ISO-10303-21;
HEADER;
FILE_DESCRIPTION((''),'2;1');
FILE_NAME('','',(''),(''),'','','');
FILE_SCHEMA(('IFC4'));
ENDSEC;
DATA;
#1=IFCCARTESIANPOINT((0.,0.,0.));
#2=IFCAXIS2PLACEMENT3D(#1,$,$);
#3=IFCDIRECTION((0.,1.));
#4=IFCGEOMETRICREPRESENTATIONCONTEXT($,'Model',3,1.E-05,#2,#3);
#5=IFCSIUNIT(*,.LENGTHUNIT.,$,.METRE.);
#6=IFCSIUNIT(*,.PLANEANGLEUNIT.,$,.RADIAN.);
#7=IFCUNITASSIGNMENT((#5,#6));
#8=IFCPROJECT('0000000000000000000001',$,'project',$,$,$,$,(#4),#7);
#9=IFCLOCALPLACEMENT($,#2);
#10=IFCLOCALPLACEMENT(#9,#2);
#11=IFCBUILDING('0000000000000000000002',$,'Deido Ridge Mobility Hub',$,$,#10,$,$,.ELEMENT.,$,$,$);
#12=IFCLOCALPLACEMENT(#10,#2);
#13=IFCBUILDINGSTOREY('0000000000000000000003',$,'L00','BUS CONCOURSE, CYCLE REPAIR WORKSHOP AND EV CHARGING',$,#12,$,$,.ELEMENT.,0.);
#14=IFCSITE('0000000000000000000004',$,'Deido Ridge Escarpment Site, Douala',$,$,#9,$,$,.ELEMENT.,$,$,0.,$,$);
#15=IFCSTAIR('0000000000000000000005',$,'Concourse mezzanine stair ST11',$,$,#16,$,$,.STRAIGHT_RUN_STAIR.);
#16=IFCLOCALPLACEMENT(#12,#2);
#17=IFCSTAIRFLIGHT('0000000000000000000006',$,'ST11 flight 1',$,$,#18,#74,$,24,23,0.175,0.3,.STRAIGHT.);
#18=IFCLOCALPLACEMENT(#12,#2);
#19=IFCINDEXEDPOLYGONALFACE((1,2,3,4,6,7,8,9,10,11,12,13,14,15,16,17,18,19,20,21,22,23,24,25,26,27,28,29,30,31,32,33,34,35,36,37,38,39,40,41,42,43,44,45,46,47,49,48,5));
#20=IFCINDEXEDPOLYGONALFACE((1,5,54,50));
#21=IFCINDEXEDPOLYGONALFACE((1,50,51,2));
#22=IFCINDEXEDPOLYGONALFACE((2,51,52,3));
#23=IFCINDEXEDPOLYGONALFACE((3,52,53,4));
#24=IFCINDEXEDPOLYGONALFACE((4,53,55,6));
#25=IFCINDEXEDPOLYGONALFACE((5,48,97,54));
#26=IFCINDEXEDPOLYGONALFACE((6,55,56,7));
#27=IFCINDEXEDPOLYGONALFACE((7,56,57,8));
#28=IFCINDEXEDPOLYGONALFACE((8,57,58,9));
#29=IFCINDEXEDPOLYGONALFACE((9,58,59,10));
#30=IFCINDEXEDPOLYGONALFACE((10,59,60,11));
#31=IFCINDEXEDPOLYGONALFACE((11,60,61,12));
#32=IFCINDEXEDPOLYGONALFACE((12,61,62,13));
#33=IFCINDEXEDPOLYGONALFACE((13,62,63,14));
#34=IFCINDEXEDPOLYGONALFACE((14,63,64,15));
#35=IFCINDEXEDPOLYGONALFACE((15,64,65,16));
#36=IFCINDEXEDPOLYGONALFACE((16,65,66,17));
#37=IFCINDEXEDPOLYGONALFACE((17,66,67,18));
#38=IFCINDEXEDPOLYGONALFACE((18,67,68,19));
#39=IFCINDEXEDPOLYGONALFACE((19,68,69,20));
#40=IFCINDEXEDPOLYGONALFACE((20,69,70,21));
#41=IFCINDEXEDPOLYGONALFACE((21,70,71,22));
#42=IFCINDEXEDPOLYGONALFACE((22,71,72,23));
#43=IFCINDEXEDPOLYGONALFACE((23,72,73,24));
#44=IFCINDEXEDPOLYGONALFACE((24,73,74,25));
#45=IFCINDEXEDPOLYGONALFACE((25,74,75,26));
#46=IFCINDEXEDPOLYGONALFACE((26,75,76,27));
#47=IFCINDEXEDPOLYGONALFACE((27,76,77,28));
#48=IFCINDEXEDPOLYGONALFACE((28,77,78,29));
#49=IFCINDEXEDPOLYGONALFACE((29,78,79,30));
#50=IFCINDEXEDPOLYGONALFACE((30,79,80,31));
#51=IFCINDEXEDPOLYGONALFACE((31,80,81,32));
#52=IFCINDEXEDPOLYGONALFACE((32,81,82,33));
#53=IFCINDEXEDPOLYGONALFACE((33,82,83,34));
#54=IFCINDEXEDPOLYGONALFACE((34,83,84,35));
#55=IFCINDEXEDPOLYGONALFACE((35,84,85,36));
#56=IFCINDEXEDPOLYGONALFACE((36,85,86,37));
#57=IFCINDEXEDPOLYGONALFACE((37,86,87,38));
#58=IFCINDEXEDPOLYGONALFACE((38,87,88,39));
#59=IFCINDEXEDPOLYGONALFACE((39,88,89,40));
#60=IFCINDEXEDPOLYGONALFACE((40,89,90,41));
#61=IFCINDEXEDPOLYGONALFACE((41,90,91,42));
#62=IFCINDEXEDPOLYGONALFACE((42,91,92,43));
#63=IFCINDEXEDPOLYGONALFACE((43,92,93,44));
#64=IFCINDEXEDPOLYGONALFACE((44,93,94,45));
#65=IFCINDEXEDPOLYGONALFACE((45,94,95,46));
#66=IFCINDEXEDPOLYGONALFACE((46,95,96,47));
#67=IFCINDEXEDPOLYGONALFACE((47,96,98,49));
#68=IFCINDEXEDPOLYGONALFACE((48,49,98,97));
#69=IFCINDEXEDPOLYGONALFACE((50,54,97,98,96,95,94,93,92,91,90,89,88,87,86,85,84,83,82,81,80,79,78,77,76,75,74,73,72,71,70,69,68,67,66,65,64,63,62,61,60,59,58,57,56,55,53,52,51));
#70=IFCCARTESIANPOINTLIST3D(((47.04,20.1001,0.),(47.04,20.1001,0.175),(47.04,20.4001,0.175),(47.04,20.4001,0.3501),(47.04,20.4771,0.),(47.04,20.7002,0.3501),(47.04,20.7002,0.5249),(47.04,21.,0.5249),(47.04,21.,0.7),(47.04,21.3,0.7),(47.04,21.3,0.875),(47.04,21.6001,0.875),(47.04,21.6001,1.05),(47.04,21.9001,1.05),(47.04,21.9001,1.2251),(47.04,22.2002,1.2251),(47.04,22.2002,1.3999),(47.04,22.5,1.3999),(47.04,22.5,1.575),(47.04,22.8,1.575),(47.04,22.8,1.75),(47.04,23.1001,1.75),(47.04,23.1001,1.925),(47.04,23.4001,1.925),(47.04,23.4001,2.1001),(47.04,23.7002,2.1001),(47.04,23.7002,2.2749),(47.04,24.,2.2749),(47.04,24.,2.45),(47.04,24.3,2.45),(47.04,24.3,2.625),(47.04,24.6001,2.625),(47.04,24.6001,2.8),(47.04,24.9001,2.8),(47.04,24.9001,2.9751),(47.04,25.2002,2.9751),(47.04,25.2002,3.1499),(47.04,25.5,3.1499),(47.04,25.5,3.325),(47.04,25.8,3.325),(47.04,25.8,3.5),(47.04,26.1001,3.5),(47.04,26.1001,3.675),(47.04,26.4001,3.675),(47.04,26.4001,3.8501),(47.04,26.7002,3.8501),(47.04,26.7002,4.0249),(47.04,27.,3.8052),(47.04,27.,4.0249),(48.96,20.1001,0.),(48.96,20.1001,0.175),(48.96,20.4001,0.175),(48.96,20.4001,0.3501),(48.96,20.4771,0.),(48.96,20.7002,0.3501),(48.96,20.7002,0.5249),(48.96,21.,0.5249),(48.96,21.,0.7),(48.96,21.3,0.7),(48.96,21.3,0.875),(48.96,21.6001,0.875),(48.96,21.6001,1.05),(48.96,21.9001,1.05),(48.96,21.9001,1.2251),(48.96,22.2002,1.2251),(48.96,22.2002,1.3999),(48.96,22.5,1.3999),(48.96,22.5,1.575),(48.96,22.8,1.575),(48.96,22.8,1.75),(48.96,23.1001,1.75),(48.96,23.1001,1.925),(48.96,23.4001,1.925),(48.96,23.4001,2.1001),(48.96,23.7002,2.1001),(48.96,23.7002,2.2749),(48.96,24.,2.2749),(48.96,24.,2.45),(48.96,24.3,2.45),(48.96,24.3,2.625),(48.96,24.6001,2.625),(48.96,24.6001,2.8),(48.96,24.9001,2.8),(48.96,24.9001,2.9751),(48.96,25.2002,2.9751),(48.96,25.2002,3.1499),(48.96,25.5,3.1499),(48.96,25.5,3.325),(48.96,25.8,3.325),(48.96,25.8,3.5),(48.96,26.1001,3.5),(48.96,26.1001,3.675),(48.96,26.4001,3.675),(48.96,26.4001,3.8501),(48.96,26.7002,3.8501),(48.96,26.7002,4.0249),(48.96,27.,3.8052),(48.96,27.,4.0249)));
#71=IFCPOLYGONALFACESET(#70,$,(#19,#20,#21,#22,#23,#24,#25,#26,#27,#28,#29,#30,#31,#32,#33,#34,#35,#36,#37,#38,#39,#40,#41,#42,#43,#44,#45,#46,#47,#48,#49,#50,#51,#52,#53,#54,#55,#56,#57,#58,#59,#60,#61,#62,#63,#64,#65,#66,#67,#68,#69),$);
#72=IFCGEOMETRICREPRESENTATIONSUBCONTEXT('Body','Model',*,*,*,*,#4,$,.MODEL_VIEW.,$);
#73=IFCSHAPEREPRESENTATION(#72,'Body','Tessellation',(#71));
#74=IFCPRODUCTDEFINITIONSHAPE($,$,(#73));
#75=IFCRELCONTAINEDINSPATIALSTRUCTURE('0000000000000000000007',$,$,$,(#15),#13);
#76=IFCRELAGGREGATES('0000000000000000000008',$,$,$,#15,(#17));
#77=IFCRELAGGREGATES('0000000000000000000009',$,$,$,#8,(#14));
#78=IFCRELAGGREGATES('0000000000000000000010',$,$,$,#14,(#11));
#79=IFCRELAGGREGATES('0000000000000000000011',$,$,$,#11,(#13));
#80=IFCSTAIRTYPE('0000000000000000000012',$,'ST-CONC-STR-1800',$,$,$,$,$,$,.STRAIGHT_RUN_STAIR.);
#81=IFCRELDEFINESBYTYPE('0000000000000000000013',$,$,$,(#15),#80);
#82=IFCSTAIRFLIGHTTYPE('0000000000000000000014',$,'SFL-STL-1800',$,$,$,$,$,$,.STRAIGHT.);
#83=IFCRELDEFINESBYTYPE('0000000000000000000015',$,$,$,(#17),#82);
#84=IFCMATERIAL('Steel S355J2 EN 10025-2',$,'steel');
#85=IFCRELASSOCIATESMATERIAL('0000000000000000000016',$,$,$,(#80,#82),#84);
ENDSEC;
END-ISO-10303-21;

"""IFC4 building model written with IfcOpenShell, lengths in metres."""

from ifc_helpers import new_model, si_unit, direction, frame, origin, place, context, subcontext, project, spatial, polyline, outline, extrude, material, type_object, element, aggregate, save


model = new_model("IFC4")

# Units and contexts
model_context = context("Model", 3, precision=1e-05, world=origin(), true_north=direction((0.0, 1.0)))
body_context = subcontext(model_context, "Body", "Model", "MODEL_VIEW")
ifc_project = project(units=[si_unit("LENGTHUNIT", "METRE"), si_unit("PLANEANGLEUNIT", "RADIAN")], contexts=[model_context])

# Site, building, storey
site_placement = place(None, origin())
site = spatial("IfcSite", under=ifc_project, at=site_placement, Name="Deido Ridge Escarpment Site, Douala", CompositionType="ELEMENT", RefElevation=0.0)
building_placement = place(site_placement, origin())
building = spatial("IfcBuilding", under=site, at=building_placement, Name="Deido Ridge Mobility Hub", CompositionType="ELEMENT")
storey_placement = place(building_placement, origin())
storey = spatial("IfcBuildingStorey", under=building, at=storey_placement, Name="L00", Description="BUS CONCOURSE, CYCLE REPAIR WORKSHOP AND EV CHARGING", CompositionType="ELEMENT", Elevation=0.0)

# Shared definitions
ifc_material_1 = material(Name="Steel S355J2 EN 10025-2", Category="steel")

# Stair, stair flight
stair_type = type_object("IfcStairType", Name="ST-CONC-STR-1800", PredefinedType="STRAIGHT_RUN_STAIR", material=ifc_material_1)
stair_placement = place(storey_placement, origin())
stair = element("IfcStair", 1, at=stair_placement, inside=storey, type_object=stair_type, Name="Concourse mezzanine stair ST11", PredefinedType="STRAIGHT_RUN_STAIR")
stair_flight_type = type_object("IfcStairFlightType", Name="SFL-STL-1800", PredefinedType="STRAIGHT", material=ifc_material_1)
stair_flight_placement = place(storey_placement, frame((48.0, 20.1001, 0.0), z_axis=(0.0, 0.0, 1.0), x_axis=(0.0, 1.0, 0.0)))
stair_flight = element("IfcStairFlight", 2, at=stair_flight_placement, type_object=stair_flight_type, Name="ST11 flight 1", NumberOfRisers=24, NumberOfTreads=23, PredefinedType="STRAIGHT", RiserHeight=0.175, TreadLength=0.3, context=body_context, shape_type="SweptSolid", body=[
    extrude(outline(polyline([(0.0, 0.0), (0.0, 0.175), (0.3, 0.175), (0.3, 0.3501), (0.6001, 0.3501), (0.6001, 0.5249), (0.8999, 0.5249), (0.8999, 0.7), (1.2, 0.7), (1.2, 0.875), (1.5, 0.875), (1.5, 1.05), (1.8, 1.05), (1.8, 1.2251), (2.1001, 1.2251), (2.1001, 1.3999), (2.3999, 1.3999), (2.3999, 1.575), (2.7, 1.575), (2.7, 1.75), (3.0, 1.75), (3.0, 1.925), (3.3, 1.925), (3.3, 2.1001), (3.6001, 2.1001), (3.6001, 2.2749), (3.8999, 2.2749), (3.8999, 2.45), (4.2, 2.45), (4.2, 2.625), (4.5, 2.625), (4.5, 2.8), (4.8, 2.8), (4.8, 2.9751), (5.1001, 2.9751), (5.1001, 3.1499), (5.3999, 3.1499), (5.3999, 3.325), (5.7, 3.325), (5.7, 3.5), (6.0, 3.5), (6.0, 3.675), (6.3, 3.675), (6.3, 3.8501), (6.6001, 3.8501), (6.6001, 4.0249), (6.8999, 4.0249), (6.8999, 4.2), (6.8999, 3.8052), (0.377, 0.0), (0.0, 0.0)])), frame((0.0, 0.96, 0.0), z_axis=(0.0, -1.0, 0.0), x_axis=(1.0, 0.0, 0.0)), (0.0, 0.0, 1.0), 1.9199),
])
aggregate(stair, [stair_flight])

save(model, "model.ifc")
